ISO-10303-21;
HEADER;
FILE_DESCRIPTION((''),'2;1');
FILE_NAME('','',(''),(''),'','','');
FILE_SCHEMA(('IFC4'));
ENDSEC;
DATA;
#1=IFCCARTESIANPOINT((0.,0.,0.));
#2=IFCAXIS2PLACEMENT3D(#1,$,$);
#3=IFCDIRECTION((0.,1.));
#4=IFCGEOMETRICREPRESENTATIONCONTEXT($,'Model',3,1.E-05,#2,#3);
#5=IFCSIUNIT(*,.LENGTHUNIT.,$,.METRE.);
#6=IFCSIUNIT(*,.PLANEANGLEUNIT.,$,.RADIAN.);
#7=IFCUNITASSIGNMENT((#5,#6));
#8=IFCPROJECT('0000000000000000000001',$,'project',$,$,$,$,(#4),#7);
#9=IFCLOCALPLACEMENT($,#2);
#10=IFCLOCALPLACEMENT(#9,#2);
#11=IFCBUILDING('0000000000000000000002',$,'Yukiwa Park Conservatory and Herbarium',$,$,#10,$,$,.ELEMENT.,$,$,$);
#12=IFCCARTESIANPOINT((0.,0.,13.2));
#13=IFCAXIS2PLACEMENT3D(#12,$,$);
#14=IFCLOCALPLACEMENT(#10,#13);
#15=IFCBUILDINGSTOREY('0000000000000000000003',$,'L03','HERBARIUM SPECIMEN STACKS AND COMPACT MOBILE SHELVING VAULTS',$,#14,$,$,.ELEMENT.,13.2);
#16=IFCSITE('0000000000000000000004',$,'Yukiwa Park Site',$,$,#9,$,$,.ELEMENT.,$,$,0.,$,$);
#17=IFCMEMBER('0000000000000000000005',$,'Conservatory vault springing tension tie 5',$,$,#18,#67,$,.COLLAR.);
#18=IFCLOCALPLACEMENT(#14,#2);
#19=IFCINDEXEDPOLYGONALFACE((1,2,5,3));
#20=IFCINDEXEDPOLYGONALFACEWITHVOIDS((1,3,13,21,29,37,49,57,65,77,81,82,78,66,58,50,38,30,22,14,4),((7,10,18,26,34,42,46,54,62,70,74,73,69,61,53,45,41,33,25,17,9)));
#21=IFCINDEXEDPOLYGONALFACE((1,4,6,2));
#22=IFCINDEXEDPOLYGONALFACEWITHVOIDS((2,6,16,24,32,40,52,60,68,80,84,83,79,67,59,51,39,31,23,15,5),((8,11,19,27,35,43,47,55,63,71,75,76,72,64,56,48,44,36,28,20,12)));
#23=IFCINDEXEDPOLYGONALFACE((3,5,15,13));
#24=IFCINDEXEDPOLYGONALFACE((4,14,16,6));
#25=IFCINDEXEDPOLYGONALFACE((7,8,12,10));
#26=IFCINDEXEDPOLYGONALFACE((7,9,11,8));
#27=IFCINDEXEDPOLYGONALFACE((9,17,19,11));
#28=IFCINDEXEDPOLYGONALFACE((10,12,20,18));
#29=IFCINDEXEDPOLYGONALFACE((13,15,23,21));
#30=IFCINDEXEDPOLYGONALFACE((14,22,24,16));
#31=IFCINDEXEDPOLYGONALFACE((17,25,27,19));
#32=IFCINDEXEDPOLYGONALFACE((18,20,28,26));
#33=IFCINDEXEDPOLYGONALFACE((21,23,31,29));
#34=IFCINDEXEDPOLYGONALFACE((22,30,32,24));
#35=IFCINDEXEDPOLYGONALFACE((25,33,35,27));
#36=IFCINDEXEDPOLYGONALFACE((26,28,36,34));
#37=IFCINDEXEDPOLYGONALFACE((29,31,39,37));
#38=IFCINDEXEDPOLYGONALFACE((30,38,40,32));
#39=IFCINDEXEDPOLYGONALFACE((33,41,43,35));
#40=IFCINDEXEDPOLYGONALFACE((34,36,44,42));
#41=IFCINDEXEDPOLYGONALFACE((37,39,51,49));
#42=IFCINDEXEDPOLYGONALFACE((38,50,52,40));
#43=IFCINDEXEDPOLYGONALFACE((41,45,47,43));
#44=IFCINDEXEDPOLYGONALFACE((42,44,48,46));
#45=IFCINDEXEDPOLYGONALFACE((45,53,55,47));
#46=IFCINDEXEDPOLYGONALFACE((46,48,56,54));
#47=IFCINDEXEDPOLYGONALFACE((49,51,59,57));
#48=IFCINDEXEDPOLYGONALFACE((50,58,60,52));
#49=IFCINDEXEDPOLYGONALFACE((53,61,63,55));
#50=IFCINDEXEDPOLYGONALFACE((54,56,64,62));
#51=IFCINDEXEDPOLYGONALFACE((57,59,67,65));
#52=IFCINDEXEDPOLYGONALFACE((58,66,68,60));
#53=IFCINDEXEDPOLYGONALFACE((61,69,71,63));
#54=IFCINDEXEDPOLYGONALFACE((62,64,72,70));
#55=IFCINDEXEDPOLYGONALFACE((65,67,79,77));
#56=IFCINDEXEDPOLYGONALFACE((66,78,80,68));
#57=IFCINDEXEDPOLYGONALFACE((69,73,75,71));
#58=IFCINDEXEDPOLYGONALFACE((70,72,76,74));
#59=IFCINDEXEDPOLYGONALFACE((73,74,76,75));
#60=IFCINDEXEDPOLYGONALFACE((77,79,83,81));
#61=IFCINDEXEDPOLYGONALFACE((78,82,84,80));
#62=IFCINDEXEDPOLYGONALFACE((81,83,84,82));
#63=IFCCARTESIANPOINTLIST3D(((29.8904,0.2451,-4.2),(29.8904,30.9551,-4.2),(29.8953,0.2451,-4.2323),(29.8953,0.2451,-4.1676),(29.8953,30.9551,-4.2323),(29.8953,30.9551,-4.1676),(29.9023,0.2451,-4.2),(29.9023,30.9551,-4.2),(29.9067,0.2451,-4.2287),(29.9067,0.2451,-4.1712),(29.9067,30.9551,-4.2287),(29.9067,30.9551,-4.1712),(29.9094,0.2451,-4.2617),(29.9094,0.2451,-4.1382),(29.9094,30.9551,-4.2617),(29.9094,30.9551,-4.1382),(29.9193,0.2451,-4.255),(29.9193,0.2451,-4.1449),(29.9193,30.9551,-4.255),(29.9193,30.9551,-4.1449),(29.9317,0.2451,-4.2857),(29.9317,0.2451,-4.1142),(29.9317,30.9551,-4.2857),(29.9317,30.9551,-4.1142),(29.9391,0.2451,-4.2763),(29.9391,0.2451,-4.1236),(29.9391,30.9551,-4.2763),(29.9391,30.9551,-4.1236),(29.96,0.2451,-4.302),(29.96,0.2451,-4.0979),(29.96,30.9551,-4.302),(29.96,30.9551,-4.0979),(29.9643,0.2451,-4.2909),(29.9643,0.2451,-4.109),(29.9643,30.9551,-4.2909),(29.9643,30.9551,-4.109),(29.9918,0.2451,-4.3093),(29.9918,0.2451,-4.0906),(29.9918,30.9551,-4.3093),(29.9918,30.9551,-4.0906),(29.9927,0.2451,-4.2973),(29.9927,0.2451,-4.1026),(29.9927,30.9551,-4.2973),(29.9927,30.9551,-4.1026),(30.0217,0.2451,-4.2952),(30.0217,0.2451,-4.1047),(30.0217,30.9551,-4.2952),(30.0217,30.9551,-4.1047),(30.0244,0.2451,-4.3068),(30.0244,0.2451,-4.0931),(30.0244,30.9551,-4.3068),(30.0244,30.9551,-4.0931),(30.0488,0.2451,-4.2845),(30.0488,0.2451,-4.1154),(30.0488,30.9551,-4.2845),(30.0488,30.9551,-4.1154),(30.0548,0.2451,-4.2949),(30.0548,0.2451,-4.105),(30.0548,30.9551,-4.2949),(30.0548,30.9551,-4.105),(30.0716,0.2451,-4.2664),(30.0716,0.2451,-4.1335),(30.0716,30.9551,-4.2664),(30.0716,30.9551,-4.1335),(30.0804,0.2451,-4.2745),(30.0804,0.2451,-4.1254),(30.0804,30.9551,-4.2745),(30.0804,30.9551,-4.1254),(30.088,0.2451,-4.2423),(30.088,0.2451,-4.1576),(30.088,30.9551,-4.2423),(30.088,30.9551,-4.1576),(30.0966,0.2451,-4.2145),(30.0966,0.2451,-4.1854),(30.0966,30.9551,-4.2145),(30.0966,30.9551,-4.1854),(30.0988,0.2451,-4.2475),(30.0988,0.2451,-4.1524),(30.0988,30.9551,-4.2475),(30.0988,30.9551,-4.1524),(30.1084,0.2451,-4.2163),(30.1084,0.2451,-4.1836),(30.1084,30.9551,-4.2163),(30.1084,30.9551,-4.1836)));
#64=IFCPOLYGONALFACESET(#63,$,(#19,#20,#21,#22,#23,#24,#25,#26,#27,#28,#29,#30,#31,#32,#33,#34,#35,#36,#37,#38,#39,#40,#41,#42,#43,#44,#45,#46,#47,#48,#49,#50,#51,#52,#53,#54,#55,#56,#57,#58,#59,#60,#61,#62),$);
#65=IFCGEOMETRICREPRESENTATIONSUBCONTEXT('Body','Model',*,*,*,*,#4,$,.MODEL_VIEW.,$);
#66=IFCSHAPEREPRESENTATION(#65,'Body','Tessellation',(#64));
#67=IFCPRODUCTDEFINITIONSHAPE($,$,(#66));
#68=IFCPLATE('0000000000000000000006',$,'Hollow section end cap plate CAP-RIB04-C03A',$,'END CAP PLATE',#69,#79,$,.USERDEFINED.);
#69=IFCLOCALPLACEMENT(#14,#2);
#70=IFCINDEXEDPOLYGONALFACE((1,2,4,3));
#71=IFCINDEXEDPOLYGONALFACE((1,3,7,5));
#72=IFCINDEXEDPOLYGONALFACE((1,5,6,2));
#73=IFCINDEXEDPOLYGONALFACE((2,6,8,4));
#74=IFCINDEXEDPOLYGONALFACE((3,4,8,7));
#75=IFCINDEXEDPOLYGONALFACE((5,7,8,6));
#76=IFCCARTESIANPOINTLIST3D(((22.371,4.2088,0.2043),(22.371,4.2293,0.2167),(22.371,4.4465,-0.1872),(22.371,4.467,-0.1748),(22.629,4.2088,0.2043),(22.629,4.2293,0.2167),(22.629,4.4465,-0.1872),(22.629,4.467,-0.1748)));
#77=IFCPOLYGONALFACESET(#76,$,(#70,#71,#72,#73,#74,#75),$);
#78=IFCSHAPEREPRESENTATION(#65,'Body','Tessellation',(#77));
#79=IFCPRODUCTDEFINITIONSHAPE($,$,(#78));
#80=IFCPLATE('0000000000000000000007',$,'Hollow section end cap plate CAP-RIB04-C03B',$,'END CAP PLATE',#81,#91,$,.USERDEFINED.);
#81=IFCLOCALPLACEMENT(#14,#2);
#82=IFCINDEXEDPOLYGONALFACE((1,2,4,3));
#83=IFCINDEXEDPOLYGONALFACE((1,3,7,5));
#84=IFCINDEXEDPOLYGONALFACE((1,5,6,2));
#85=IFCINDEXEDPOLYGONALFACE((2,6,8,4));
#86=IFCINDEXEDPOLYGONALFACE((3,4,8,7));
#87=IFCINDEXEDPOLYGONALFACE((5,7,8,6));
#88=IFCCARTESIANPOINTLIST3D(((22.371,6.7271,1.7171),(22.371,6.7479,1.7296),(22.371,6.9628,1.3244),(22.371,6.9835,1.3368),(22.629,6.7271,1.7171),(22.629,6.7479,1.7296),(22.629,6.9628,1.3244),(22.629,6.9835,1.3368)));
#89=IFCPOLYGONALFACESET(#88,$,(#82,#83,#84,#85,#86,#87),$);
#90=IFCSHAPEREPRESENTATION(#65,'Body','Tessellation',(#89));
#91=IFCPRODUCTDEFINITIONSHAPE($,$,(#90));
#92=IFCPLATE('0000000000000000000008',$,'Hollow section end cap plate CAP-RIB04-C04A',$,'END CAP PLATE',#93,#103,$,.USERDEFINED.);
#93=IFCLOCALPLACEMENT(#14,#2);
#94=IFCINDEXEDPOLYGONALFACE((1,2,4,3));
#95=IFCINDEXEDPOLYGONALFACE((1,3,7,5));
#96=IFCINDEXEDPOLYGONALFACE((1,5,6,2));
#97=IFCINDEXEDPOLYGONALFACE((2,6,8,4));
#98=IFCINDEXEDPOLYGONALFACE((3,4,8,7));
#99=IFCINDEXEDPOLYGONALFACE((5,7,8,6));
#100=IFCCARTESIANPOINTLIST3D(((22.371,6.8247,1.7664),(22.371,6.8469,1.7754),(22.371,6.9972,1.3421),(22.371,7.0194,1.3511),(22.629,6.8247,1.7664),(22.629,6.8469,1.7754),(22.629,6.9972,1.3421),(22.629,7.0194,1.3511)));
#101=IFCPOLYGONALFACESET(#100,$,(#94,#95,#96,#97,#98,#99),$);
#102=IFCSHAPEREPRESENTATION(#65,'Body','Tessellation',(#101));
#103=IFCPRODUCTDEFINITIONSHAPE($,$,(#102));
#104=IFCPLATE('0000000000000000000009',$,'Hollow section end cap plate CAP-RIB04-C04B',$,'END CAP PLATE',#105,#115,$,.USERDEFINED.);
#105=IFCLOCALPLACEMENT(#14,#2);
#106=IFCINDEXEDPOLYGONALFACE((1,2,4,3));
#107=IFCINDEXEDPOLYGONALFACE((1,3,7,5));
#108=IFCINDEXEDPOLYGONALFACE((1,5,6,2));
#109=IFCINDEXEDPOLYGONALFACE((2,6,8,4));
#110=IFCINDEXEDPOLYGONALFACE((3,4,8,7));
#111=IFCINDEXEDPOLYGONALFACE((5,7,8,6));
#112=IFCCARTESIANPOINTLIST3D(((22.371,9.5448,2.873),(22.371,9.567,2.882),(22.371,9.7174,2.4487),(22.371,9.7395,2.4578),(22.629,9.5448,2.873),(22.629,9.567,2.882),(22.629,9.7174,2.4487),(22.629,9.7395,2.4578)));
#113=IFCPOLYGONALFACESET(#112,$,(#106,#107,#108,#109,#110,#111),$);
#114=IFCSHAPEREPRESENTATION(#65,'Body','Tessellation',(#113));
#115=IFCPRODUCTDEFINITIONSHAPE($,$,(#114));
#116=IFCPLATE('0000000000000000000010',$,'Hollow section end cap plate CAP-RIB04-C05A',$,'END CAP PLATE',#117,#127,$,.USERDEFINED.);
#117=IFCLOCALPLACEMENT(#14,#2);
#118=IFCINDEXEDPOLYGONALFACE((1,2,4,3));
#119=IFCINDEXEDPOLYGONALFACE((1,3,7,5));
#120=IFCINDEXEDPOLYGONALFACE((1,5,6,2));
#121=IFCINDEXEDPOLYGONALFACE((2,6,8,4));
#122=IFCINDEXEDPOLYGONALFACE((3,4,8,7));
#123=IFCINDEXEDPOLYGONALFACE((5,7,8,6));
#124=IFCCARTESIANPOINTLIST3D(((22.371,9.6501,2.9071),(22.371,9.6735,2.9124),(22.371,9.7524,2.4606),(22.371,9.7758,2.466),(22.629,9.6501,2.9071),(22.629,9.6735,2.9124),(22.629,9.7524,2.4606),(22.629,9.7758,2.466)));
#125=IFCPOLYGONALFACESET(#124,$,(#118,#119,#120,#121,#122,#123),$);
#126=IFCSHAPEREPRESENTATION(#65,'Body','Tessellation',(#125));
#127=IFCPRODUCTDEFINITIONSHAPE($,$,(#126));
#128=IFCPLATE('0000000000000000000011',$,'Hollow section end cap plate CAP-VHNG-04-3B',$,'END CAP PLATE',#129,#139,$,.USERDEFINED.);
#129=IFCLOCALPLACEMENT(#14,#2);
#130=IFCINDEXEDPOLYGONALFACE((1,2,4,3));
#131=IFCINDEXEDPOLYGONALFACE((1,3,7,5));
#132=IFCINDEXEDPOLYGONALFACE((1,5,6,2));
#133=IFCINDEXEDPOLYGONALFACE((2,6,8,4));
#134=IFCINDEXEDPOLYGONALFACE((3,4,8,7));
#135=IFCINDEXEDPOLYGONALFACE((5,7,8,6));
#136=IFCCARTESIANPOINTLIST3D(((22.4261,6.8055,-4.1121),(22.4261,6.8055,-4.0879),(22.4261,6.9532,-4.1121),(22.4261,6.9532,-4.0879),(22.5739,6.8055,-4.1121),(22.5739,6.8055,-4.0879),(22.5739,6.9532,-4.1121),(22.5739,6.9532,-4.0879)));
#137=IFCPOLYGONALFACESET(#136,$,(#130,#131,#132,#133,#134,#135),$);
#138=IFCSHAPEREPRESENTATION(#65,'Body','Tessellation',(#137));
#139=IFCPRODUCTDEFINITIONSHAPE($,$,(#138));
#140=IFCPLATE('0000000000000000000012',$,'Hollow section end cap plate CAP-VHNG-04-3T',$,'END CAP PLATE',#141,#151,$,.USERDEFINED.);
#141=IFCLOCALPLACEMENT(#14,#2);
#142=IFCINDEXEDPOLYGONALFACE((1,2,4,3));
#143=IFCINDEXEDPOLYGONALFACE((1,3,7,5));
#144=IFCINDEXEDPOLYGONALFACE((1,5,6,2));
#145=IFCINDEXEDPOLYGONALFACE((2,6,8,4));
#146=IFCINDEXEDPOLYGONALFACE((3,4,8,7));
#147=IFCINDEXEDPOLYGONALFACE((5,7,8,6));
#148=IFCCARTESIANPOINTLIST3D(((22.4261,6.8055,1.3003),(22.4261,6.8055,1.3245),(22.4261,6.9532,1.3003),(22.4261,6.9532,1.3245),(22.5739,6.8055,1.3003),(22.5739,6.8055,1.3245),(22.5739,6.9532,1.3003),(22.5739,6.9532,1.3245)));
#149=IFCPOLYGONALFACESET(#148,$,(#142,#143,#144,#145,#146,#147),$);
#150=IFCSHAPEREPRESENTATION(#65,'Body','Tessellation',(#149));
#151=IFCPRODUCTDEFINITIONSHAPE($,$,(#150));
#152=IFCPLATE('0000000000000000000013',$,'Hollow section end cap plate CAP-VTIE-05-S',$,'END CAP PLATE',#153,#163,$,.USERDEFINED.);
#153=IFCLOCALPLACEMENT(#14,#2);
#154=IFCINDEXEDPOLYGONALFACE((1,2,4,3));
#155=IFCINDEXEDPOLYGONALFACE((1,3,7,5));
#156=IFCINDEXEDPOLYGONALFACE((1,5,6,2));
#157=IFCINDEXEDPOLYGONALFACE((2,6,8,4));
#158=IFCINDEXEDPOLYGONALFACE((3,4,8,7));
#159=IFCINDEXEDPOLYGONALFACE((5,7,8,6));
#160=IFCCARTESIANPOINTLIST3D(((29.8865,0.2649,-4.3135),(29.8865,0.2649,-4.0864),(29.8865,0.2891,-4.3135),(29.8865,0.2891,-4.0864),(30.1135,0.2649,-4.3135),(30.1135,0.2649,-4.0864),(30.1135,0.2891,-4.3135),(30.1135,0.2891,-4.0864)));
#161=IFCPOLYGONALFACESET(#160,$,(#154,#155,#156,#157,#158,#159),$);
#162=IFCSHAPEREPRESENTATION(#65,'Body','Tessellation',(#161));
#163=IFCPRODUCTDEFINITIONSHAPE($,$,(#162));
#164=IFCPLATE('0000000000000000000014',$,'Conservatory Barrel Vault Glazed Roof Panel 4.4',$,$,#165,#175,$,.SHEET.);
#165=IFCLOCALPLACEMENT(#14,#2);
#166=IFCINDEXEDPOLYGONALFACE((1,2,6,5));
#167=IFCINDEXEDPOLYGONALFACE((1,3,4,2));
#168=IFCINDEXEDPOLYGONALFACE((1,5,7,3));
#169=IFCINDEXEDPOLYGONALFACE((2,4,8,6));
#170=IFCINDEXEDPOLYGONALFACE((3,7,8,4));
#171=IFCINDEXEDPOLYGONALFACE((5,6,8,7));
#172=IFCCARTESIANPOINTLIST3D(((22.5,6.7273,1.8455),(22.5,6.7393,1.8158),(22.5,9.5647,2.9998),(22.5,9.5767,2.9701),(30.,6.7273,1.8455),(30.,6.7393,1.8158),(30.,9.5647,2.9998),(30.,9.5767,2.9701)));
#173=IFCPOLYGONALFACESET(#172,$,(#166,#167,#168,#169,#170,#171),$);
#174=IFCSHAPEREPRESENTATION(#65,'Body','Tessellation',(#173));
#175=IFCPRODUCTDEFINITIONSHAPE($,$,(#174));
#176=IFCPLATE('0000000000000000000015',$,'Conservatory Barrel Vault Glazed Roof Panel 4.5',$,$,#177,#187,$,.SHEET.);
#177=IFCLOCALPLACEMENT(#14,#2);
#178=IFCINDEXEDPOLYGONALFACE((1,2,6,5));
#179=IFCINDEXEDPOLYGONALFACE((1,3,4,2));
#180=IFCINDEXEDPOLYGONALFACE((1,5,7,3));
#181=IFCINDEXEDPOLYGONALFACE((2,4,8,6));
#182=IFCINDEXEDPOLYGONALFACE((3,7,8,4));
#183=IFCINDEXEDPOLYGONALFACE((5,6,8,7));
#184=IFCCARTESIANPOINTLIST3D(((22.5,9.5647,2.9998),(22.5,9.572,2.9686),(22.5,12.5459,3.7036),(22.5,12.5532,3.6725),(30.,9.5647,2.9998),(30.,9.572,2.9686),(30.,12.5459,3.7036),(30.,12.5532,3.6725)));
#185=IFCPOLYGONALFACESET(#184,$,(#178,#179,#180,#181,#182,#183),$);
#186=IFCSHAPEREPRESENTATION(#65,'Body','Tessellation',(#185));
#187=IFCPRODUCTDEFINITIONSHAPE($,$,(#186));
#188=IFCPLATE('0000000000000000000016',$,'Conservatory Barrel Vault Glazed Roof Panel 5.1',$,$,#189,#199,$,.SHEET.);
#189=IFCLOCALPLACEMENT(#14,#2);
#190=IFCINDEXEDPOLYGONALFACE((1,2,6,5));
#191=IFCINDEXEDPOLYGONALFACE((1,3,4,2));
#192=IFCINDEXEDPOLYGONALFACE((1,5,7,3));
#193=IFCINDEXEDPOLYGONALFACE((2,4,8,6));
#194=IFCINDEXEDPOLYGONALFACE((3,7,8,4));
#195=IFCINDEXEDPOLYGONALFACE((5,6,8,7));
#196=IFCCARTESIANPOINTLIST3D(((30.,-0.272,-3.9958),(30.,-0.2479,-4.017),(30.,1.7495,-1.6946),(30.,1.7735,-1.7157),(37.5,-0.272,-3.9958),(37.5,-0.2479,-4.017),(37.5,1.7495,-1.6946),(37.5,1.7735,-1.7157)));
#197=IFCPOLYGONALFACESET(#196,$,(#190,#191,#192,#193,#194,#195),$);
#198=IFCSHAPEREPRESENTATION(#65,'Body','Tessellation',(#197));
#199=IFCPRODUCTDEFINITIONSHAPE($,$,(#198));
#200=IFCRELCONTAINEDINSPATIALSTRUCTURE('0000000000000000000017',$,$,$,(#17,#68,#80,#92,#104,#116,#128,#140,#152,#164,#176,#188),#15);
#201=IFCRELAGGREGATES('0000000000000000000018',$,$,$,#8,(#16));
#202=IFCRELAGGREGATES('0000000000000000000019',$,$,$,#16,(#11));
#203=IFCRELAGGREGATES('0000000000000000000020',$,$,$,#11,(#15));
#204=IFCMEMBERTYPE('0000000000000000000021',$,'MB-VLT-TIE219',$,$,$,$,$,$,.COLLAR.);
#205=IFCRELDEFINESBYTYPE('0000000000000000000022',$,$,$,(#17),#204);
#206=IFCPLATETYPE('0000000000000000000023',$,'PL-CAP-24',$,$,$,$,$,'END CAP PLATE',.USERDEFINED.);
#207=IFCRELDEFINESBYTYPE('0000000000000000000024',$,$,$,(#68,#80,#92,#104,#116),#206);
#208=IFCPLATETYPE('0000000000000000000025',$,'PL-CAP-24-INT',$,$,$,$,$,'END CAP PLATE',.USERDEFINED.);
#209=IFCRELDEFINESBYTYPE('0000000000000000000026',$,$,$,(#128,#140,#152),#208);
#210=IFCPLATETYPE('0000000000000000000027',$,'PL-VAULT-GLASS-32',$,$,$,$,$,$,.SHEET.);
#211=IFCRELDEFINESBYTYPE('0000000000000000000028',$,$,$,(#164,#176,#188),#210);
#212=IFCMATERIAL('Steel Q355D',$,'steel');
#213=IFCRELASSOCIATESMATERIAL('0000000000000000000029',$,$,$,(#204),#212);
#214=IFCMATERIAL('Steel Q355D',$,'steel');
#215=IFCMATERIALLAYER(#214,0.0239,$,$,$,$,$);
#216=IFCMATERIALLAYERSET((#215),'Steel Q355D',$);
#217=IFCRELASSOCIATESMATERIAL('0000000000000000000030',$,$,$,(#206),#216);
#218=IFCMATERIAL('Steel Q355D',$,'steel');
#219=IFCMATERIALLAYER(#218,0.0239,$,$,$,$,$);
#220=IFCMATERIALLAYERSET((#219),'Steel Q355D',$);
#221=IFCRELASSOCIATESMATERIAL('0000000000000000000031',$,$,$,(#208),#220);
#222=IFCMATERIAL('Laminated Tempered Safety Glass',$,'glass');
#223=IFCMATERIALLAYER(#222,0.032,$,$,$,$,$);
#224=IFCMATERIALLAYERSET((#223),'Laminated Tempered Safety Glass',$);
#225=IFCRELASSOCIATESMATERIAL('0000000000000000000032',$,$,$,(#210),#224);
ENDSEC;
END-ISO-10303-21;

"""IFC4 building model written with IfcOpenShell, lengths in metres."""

from ifc_helpers import new_model, si_unit, direction, frame, origin, origin_2d, place, context, subcontext, project, spatial, polyline, rectangle, hollow_circle, outline, extrude, material, layer, layer_set, material_profile, profile_set, type_object, element, save


model = new_model("IFC4")

# Units and contexts
model_context = context("Model", 3, precision=1e-05, world=origin(), true_north=direction((0.0, 1.0)))
body_context = subcontext(model_context, "Body", "Model", "MODEL_VIEW")
ifc_project = project(units=[si_unit("LENGTHUNIT", "METRE"), si_unit("PLANEANGLEUNIT", "RADIAN")], contexts=[model_context])

# Site, building, storey
site_placement = place(None, origin())
site = spatial("IfcSite", under=ifc_project, at=site_placement, Name="Yukiwa Park Site", CompositionType="ELEMENT", RefElevation=0.0)
building_placement = place(site_placement, origin())
building = spatial("IfcBuilding", under=site, at=building_placement, Name="Yukiwa Park Conservatory and Herbarium", CompositionType="ELEMENT")
storey_placement = place(building_placement, frame((0.0, 0.0, 13.2)))
storey = spatial("IfcBuildingStorey", under=building, at=storey_placement, Name="L03", Description="HERBARIUM SPECIMEN STACKS AND COMPACT MOBILE SHELVING VAULTS", CompositionType="ELEMENT", Elevation=13.2)

# Member
ifc_material_1 = material(Name="Steel Q355D", Category="steel")
ifc_material_profile_1 = material_profile(ifc_material_1, hollow_circle(Radius=0.1096, WallThickness=0.012, at=origin_2d()), Name="CHS 219.1x12")
ifc_profile_set_1 = profile_set([ifc_material_profile_1], Name="Steel Q355D")
member_type_1 = type_object("IfcMemberType", Name="MB-VLT-TIE219", PredefinedType="COLLAR", material=ifc_profile_set_1)
member_1_placement = place(storey_placement, frame((30.0, 0.2451, -4.2), z_axis=(0.0, 1.0, 0.0), x_axis=(-1.0, 0.0, 0.0)))
element("IfcMember", 1, at=member_1_placement, inside=storey, type_object=member_type_1, Name="Conservatory vault springing tension tie 5", PredefinedType="COLLAR", context=body_context, shape_type="SweptSolid", body=[
    extrude(hollow_circle(Radius=0.1096, WallThickness=0.012, at=origin_2d()), origin(), (0.0, 0.0, 1.0), 30.71),
])

# Plates
ifc_material_2 = material(Name="Steel Q355D", Category="steel")
ifc_layer_1 = layer(ifc_material_2, 0.0239)
ifc_layer_set_1 = layer_set([ifc_layer_1], Name="Steel Q355D")
plate_type_1 = type_object("IfcPlateType", Name="PL-CAP-24", ElementType="END CAP PLATE", PredefinedType="USERDEFINED", material=ifc_layer_set_1)
plate_1_placement = place(storey_placement, frame((22.5, 4.3481, 0.021), z_axis=(0.0, -0.854788, -0.518978), x_axis=(1.0, 0.0, 0.0)))
element("IfcPlate", 2, at=plate_1_placement, inside=storey, type_object=plate_type_1, Name="Hollow section end cap plate CAP-RIB04-C03A", ObjectType="END CAP PLATE", PredefinedType="USERDEFINED", context=body_context, shape_type="SweptSolid", body=[
    extrude(rectangle(XDim=0.2581, YDim=0.458, at=origin_2d()), origin(), (0.0, 0.0, 1.0), 0.0239),
])
plate_2_placement = place(storey_placement, frame((22.5, 6.845, 1.5208), z_axis=(0.0, 0.857493, 0.514496), x_axis=(-1.0, 0.0, 0.0)))
element("IfcPlate", 3, at=plate_2_placement, inside=storey, type_object=plate_type_1, Name="Hollow section end cap plate CAP-RIB04-C03B", ObjectType="END CAP PLATE", PredefinedType="USERDEFINED", context=body_context, shape_type="SweptSolid", body=[
    extrude(rectangle(XDim=0.2581, YDim=0.458, at=origin_2d()), origin(), (0.0, 0.0, 1.0), 0.0242),
])
for number, where, z_axis, x_axis, name in (
    (4, (22.5, 6.9331, 1.5632), (0.0, -0.926356, -0.37665), (1.0, 0.0, 0.0), "Hollow section end cap plate CAP-RIB04-C04A"),
    (5, (22.5, 9.6311, 2.6609), (0.0, 0.926356, 0.37665), (-1.0, 0.0, 0.0), "Hollow section end cap plate CAP-RIB04-C04B"),
    (6, (22.5, 9.7246, 2.6892), (0.0, -0.974732, -0.223376), (1.0, 0.0, 0.0), "Hollow section end cap plate CAP-RIB04-C05A"),
):
    element("IfcPlate", number, at=place(storey_placement, frame(where, z_axis=z_axis, x_axis=x_axis)), inside=storey, type_object=plate_type_1, Name=name, ObjectType="END CAP PLATE", PredefinedType="USERDEFINED", context=body_context, shape_type="SweptSolid", body=[
        extrude(rectangle(XDim=0.2581, YDim=0.458, at=origin_2d()), origin(), (0.0, 0.0, 1.0), 0.0239),
    ])
ifc_material_3 = material(Name="Steel Q355D", Category="steel")
ifc_layer_2 = layer(ifc_material_3, 0.0239)
ifc_layer_set_2 = layer_set([ifc_layer_2], Name="Steel Q355D")
plate_type_2 = type_object("IfcPlateType", Name="PL-CAP-24-INT", ElementType="END CAP PLATE", PredefinedType="USERDEFINED", material=ifc_layer_set_2)
for number, where, z_axis, x_axis, name in (
    (7, (22.5, 6.8794, -4.0879), (0.0, 0.0, -1.0), (1.0, 0.0, 0.0), "Hollow section end cap plate CAP-VHNG-04-3B"),
    (8, (22.5, 6.8794, 1.3003), (0.0, 0.0, 1.0), (1.0, 0.0, 0.0), "Hollow section end cap plate CAP-VHNG-04-3T"),
):
    element("IfcPlate", number, at=place(storey_placement, frame(where, z_axis=z_axis, x_axis=x_axis)), inside=storey, type_object=plate_type_2, Name=name, ObjectType="END CAP PLATE", PredefinedType="USERDEFINED", context=body_context, shape_type="SweptSolid", body=[
        extrude(rectangle(XDim=0.1477, YDim=0.1477, at=origin_2d()), origin(), (0.0, 0.0, 1.0), 0.0242),
    ])
plate_3_placement = place(storey_placement, frame((30.0, 0.2891, -4.2), z_axis=(0.0, -1.0, 0.0), x_axis=(1.0, 0.0, 0.0)))
element("IfcPlate", 9, at=plate_3_placement, inside=storey, type_object=plate_type_2, Name="Hollow section end cap plate CAP-VTIE-05-S", ObjectType="END CAP PLATE", PredefinedType="USERDEFINED", context=body_context, shape_type="SweptSolid", body=[
    extrude(rectangle(XDim=0.2271, YDim=0.2271, at=origin_2d()), origin(), (0.0, 0.0, 1.0), 0.0242),
])
ifc_material_4 = material(Name="Laminated Tempered Safety Glass", Category="glass")
ifc_layer_3 = layer(ifc_material_4, 0.032)
ifc_layer_set_3 = layer_set([ifc_layer_3], Name="Laminated Tempered Safety Glass")
plate_type_3 = type_object("IfcPlateType", Name="PL-VAULT-GLASS-32", PredefinedType="SHEET", material=ifc_layer_set_3)
plate_4_placement = place(storey_placement, frame((22.5, 6.7273, 1.8455), z_axis=(0.0, -0.376826, 0.926284), x_axis=(1.0, 0.0, 0.0)))
element("IfcPlate", 10, at=plate_4_placement, inside=storey, type_object=plate_type_3, Name="Conservatory Barrel Vault Glazed Roof Panel 4.4", PredefinedType="SHEET", context=body_context, shape_type="SweptSolid", body=[
    extrude(outline(polyline([(0.0, 0.0), (7.5, 0.0), (7.5, 3.0632), (0.0, 3.0632), (0.0, 0.0)])), origin(), (0.0, 0.0, -1.0), 0.032),
])
plate_5_placement = place(storey_placement, frame((22.5, 9.5647, 2.9998), z_axis=(0.0, -0.229781, 0.973242), x_axis=(1.0, 0.0, 0.0)))
element("IfcPlate", 11, at=plate_5_placement, inside=storey, type_object=plate_type_3, Name="Conservatory Barrel Vault Glazed Roof Panel 4.5", PredefinedType="SHEET", context=body_context, shape_type="SweptSolid", body=[
    extrude(outline(polyline([(0.0, 0.0), (7.5, 0.0), (7.5, 3.0632), (0.0, 3.0632), (0.0, 0.0)])), origin(), (0.0, 0.0, -1.0), 0.032),
])
plate_6_placement = place(storey_placement, frame((30.0, -0.272, -3.9958), z_axis=(0.0, -0.751301, 0.659959), x_axis=(1.0, 0.0, 0.0)))
element("IfcPlate", 12, at=plate_6_placement, inside=storey, type_object=plate_type_3, Name="Conservatory Barrel Vault Glazed Roof Panel 5.1", PredefinedType="SHEET", context=body_context, shape_type="SweptSolid", body=[
    extrude(outline(polyline([(0.0, 0.0), (7.5, 0.0), (7.5, 3.063), (0.0, 3.063), (0.0, 0.0)])), origin(), (0.0, 0.0, -1.0), 0.032),
])

save(model, "model.ifc")
